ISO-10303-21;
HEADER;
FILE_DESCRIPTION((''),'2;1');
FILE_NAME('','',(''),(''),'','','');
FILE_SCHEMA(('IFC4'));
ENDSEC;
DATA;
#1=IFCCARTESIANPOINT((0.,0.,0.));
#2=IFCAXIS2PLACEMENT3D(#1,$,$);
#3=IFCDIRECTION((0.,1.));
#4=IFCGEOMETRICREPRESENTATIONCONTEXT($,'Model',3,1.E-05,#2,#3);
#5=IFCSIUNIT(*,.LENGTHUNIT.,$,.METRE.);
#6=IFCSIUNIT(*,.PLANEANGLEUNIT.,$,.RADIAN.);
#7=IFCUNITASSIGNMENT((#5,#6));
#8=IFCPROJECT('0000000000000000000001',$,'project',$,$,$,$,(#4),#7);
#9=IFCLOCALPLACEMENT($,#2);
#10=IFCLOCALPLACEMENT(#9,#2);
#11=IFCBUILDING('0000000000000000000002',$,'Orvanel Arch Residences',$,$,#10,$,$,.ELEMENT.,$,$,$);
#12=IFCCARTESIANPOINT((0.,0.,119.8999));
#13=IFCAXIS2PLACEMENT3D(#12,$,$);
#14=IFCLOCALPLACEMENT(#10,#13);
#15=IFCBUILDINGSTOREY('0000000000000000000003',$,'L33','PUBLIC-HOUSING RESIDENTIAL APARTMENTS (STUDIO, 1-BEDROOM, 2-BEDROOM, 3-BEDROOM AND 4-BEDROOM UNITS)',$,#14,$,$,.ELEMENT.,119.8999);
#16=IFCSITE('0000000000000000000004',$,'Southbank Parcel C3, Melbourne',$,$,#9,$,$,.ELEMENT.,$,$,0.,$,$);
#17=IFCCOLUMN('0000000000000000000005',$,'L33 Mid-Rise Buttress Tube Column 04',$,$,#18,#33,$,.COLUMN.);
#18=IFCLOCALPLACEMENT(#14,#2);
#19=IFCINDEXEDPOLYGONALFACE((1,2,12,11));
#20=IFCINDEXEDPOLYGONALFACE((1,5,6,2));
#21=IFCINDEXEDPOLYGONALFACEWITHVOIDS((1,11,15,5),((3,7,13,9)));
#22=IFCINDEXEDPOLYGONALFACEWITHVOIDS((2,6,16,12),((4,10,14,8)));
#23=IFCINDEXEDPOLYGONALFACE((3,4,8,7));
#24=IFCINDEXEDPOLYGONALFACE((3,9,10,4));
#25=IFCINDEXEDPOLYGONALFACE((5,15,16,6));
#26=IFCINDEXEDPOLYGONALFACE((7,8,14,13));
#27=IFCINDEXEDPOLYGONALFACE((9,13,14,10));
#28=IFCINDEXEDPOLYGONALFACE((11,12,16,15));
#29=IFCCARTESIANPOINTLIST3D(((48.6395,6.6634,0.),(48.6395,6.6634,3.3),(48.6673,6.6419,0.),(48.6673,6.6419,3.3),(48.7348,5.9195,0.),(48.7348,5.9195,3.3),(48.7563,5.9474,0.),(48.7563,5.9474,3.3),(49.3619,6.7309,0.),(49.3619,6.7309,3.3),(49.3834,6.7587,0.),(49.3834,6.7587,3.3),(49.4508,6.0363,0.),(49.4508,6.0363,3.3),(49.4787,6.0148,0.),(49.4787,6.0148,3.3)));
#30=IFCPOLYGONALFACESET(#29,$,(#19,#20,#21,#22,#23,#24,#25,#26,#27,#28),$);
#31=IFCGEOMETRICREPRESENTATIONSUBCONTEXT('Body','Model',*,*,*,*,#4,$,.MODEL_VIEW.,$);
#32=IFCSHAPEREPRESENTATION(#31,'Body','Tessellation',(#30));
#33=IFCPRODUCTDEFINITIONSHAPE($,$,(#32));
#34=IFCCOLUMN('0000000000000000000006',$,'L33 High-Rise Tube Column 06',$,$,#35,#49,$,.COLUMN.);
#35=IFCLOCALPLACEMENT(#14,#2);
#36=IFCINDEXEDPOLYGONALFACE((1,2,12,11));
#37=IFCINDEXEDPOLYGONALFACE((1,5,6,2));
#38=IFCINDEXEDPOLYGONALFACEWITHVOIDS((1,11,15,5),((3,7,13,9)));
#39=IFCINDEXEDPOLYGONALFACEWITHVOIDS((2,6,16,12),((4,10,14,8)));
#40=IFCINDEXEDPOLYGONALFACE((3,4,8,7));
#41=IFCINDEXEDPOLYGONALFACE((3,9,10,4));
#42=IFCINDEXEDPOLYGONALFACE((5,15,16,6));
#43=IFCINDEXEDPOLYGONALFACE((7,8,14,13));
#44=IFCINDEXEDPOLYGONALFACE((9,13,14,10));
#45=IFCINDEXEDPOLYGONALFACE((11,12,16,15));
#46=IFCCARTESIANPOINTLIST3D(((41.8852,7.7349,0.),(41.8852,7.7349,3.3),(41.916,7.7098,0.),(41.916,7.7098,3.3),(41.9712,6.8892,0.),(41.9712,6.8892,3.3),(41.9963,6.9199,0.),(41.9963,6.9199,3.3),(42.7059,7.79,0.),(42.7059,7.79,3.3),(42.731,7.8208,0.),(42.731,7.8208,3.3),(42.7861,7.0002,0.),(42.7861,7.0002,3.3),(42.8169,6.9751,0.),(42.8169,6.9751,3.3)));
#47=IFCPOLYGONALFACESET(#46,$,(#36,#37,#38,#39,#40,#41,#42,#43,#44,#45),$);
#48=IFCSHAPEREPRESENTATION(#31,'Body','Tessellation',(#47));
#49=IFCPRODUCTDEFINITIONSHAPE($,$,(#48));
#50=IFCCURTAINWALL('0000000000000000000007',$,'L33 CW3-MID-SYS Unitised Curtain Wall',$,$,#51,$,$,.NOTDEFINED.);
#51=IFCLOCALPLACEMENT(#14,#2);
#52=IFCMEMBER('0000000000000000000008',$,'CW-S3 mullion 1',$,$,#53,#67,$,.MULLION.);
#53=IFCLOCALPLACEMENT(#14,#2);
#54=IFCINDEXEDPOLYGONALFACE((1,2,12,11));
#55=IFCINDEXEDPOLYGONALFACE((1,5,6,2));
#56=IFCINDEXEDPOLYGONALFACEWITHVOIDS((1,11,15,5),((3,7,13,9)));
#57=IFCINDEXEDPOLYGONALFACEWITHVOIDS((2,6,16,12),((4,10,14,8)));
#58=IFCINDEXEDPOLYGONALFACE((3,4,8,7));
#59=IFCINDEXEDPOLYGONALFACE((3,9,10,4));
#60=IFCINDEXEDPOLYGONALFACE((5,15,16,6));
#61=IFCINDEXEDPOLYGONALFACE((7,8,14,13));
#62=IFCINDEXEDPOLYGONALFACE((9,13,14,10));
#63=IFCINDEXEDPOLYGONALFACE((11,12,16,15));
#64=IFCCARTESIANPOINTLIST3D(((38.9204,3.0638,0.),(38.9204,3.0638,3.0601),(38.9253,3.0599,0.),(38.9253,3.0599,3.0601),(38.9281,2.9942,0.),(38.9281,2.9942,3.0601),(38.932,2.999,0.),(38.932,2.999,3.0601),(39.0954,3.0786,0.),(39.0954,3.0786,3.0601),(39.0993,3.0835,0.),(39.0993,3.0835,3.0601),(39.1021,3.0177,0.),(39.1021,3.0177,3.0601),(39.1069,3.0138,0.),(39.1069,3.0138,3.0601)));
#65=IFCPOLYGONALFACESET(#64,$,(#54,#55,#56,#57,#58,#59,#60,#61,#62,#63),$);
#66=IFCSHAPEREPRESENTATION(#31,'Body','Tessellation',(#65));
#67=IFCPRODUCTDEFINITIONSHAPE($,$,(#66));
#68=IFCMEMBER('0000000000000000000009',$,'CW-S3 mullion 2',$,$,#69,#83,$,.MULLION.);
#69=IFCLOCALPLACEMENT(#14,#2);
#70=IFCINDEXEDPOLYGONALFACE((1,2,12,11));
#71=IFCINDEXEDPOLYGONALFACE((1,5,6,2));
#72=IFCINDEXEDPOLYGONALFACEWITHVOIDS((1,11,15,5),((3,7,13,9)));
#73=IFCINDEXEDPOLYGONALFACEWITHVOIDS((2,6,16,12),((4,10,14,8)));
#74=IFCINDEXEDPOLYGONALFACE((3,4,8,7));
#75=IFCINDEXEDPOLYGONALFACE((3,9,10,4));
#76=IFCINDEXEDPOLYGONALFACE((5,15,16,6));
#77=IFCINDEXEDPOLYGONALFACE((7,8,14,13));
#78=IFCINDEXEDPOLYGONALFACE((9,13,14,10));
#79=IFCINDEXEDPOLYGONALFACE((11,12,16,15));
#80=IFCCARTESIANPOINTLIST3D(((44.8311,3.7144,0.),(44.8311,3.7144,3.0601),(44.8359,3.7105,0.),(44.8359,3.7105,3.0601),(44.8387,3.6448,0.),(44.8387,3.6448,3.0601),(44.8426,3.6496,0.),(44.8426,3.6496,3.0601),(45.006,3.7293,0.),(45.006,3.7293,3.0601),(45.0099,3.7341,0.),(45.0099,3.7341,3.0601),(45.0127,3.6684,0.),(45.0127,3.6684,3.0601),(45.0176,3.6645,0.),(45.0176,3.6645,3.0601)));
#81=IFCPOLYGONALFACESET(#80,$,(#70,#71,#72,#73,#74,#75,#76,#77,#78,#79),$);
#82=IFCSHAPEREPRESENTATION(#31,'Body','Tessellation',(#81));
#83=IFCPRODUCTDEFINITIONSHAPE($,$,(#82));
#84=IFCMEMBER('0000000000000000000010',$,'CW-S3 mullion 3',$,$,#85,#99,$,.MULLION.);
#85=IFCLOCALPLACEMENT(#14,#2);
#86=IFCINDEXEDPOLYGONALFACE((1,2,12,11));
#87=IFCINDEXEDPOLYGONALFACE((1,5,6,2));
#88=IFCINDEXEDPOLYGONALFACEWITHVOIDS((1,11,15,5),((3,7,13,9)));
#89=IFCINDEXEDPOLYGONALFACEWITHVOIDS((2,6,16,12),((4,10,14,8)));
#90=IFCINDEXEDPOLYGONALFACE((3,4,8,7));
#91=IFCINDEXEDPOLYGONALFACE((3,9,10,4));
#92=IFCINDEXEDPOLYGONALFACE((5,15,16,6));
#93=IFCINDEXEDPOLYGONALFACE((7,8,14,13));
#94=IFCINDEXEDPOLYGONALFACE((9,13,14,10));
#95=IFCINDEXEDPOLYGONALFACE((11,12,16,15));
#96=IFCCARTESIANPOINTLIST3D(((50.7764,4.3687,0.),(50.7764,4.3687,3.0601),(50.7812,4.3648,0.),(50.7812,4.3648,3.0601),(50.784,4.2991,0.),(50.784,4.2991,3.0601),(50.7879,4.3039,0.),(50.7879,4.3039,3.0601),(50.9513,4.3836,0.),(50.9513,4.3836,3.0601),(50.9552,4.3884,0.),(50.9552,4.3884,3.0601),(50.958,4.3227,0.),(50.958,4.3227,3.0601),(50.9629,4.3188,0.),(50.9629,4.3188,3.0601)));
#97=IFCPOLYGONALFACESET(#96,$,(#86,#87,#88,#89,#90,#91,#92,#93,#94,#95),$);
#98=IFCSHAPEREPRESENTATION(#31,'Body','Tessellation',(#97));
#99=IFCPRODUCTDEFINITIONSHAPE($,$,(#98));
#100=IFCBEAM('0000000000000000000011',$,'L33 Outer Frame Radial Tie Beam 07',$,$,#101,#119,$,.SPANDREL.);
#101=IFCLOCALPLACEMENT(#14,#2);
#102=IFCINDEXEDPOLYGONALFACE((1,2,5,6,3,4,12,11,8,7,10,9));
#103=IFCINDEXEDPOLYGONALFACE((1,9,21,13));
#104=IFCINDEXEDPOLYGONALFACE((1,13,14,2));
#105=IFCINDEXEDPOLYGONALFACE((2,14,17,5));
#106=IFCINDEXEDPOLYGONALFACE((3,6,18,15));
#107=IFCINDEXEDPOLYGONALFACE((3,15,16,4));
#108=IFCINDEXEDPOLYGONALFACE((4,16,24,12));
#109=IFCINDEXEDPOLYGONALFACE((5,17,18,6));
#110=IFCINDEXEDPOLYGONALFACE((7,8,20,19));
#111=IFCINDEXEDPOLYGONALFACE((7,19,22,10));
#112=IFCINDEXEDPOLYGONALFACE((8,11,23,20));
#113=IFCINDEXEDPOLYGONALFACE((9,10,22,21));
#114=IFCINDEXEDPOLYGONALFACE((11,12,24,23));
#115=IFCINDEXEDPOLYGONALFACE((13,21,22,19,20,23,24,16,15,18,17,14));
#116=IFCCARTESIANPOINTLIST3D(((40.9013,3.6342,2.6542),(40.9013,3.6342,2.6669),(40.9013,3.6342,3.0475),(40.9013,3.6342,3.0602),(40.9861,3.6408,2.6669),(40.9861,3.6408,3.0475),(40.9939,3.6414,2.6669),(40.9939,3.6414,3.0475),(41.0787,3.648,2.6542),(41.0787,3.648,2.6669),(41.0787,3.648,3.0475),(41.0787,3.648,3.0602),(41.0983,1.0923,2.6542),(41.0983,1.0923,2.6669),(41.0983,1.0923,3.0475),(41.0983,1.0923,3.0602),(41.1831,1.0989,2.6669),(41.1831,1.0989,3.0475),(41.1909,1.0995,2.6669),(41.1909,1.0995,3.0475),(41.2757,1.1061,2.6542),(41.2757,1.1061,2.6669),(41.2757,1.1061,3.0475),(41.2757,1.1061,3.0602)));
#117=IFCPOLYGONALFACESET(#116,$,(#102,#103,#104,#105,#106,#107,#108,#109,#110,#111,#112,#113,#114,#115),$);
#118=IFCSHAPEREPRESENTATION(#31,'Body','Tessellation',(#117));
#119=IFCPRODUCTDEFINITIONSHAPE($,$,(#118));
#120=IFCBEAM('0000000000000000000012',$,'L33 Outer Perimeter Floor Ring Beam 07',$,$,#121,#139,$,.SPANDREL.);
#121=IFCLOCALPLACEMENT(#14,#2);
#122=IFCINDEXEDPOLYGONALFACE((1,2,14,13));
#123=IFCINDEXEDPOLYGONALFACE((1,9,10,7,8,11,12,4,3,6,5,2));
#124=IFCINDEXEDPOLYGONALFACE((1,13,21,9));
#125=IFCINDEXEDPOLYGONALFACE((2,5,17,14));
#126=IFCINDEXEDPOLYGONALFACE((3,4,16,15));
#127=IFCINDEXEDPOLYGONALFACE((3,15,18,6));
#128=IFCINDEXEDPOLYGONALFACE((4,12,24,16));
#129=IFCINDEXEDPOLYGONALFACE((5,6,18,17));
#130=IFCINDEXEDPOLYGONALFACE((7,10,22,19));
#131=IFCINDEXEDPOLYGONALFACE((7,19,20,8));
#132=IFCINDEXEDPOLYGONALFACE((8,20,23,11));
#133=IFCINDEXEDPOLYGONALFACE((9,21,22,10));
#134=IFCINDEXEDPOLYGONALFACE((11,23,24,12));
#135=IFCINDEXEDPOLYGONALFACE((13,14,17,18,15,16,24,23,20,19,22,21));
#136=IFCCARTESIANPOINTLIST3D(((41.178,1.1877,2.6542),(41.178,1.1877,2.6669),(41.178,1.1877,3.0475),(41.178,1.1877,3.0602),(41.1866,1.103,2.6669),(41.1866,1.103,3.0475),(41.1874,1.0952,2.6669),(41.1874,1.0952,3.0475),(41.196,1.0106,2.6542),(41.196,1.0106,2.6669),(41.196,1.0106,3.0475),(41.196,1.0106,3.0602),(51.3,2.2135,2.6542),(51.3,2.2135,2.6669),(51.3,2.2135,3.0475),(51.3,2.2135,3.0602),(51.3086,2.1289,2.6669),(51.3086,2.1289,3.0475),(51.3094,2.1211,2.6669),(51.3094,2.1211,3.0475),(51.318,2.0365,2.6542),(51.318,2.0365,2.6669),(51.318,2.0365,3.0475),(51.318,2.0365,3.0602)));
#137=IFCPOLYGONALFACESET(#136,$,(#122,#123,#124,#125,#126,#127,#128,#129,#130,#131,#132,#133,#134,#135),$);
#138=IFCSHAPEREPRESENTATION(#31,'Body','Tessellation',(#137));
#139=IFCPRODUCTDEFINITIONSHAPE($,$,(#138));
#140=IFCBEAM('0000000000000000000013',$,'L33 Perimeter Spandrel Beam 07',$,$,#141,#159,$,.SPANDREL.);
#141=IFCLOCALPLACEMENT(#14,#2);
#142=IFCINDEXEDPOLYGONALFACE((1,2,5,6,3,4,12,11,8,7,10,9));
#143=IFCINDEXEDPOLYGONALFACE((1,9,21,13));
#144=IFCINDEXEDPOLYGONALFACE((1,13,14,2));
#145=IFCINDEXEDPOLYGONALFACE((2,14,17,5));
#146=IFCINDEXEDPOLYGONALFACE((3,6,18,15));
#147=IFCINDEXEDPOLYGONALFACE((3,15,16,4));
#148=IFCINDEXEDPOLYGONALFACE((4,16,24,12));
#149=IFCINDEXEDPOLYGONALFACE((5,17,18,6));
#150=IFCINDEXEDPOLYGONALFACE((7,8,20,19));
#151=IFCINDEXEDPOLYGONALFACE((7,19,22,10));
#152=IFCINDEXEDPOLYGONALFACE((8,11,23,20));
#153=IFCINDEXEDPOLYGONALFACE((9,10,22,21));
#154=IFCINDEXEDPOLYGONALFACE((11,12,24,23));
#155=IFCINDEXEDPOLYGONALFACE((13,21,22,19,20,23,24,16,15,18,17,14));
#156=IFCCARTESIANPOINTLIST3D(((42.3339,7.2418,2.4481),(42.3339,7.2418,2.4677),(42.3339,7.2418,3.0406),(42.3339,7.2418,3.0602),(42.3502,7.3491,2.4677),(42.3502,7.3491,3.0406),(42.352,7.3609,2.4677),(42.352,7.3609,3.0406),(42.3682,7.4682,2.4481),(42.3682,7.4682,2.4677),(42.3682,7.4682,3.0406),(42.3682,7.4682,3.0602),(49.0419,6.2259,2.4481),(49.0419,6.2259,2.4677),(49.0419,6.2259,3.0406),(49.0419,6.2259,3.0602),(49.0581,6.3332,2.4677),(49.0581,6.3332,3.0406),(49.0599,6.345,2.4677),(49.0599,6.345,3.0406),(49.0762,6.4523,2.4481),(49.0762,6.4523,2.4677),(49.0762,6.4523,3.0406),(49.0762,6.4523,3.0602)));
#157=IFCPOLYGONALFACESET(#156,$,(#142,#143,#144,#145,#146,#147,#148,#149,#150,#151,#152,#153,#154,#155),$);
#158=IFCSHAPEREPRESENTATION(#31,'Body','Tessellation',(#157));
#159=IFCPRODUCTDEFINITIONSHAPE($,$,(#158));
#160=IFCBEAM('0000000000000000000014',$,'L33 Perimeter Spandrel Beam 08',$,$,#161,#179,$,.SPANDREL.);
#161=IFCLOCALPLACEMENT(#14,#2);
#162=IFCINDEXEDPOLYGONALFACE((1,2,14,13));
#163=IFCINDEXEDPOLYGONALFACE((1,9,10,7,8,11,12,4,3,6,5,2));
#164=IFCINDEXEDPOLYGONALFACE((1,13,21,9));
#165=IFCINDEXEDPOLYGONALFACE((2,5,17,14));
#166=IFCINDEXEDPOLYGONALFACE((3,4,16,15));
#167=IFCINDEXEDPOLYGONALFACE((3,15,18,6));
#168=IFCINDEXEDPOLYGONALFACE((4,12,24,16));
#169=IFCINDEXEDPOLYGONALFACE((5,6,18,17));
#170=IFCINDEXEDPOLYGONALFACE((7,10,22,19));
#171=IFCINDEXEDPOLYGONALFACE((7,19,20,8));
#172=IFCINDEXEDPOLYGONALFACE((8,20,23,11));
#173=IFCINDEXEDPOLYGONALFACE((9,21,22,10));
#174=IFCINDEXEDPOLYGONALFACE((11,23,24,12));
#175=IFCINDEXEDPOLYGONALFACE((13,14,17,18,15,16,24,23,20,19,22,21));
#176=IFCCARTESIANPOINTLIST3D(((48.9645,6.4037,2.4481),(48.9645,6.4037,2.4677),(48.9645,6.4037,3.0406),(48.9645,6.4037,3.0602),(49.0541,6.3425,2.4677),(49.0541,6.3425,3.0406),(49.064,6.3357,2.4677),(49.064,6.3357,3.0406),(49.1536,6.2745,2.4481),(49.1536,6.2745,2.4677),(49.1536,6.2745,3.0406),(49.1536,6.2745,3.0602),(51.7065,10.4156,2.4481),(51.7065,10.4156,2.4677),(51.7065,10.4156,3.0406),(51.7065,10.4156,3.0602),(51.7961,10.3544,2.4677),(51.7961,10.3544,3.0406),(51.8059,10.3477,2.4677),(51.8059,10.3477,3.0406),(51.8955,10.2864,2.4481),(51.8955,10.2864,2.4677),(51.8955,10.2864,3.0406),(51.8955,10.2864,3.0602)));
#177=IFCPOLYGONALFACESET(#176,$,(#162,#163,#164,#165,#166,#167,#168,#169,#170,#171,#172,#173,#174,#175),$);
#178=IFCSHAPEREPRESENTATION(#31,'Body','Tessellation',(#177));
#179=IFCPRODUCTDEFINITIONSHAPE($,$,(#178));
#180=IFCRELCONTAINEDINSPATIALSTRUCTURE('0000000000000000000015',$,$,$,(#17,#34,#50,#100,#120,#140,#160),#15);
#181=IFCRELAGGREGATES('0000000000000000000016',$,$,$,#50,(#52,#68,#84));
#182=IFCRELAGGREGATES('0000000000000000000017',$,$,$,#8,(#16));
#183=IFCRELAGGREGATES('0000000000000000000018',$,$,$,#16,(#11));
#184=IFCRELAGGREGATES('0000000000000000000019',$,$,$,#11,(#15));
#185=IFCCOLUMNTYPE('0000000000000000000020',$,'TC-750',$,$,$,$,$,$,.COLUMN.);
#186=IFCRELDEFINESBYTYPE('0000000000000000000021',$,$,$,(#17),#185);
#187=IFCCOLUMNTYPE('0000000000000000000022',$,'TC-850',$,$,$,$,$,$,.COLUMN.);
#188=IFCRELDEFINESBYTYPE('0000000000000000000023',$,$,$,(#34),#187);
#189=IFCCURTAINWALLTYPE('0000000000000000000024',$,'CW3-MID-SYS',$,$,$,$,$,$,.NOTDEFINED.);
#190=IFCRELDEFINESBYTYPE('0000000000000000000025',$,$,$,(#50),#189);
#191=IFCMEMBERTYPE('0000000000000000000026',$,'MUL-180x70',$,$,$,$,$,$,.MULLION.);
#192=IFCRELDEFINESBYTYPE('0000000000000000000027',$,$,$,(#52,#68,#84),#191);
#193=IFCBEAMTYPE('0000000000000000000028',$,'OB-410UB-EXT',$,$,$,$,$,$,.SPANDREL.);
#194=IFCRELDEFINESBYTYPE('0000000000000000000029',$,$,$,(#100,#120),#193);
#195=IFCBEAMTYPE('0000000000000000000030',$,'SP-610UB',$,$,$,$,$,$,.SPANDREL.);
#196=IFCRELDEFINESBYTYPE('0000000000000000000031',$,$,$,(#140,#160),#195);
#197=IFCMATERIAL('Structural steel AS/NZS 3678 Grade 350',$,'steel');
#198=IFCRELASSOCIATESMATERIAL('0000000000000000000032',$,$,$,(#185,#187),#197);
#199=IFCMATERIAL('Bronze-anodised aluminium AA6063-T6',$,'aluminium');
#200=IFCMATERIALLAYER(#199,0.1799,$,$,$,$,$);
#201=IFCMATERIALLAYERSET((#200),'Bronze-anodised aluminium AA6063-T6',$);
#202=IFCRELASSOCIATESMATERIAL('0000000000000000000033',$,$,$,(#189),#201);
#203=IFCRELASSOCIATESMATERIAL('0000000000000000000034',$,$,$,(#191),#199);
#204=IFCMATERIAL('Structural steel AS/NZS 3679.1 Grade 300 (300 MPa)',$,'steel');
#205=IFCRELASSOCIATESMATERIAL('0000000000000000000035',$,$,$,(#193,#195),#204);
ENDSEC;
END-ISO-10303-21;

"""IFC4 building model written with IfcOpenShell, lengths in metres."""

from ifc_helpers import new_model, si_unit, direction, frame, origin, origin_2d, place, context, subcontext, project, spatial, hollow_rectangle, i_section, extrude, material, layer, layer_set, material_profile, profile_set, type_object, element, aggregate, save


model = new_model("IFC4")

# Units and contexts
model_context = context("Model", 3, precision=1e-05, world=origin(), true_north=direction((0.0, 1.0)))
body_context = subcontext(model_context, "Body", "Model", "MODEL_VIEW")
ifc_project = project(units=[si_unit("LENGTHUNIT", "METRE"), si_unit("PLANEANGLEUNIT", "RADIAN")], contexts=[model_context])

# Site, building, storey
site_placement = place(None, origin())
site = spatial("IfcSite", under=ifc_project, at=site_placement, Name="Southbank Parcel C3, Melbourne", CompositionType="ELEMENT", RefElevation=0.0)
building_placement = place(site_placement, origin())
building = spatial("IfcBuilding", under=site, at=building_placement, Name="Orvanel Arch Residences", CompositionType="ELEMENT")
storey_placement = place(building_placement, frame((0.0, 0.0, 119.8999)))
storey = spatial("IfcBuildingStorey", under=building, at=storey_placement, Name="L33", Description="PUBLIC-HOUSING RESIDENTIAL APARTMENTS (STUDIO, 1-BEDROOM, 2-BEDROOM, 3-BEDROOM AND 4-BEDROOM UNITS)", CompositionType="ELEMENT", Elevation=119.8999)

# Columns
ifc_material_1 = material(Name="Structural steel AS/NZS 3678 Grade 350", Category="steel")
ifc_material_profile_1 = material_profile(ifc_material_1, hollow_rectangle(XDim=0.75, YDim=0.75, WallThickness=0.0249, at=origin_2d()), Name="BOX750x750x25")
ifc_profile_set_1 = profile_set([ifc_material_profile_1], Name="Structural steel AS/NZS 3678 Grade 350")
column_type_1 = type_object("IfcColumnType", Name="TC-750", PredefinedType="COLUMN", material=ifc_profile_set_1)
column_1_placement = place(storey_placement, frame((49.0591, 6.3391, 0.0), z_axis=(0.0, 0.0, 1.0), x_axis=(0.991894, 0.127065, 0.0)))
element("IfcColumn", 1, at=column_1_placement, inside=storey, type_object=column_type_1, Name="L33 Mid-Rise Buttress Tube Column 04", PredefinedType="COLUMN", context=body_context, shape_type="SweptSolid", body=[
    extrude(hollow_rectangle(XDim=0.75, YDim=0.75, WallThickness=0.0249, at=origin_2d()), origin(), (0.0, 0.0, 1.0), 3.3),
])
ifc_material_profile_2 = material_profile(ifc_material_1, hollow_rectangle(XDim=0.8501, YDim=0.8501, WallThickness=0.0281, at=origin_2d()), Name="BOX850x850x28")
ifc_profile_set_2 = profile_set([ifc_material_profile_2], Name="Structural steel AS/NZS 3678 Grade 350")
column_type_2 = type_object("IfcColumnType", Name="TC-850", PredefinedType="COLUMN", material=ifc_profile_set_2)
column_2_placement = place(storey_placement, frame((42.3511, 7.355, 0.0), z_axis=(0.0, 0.0, 1.0), x_axis=(0.994881, 0.101056, 0.0)))
element("IfcColumn", 2, at=column_2_placement, inside=storey, type_object=column_type_2, Name="L33 High-Rise Tube Column 06", PredefinedType="COLUMN", context=body_context, shape_type="SweptSolid", body=[
    extrude(hollow_rectangle(XDim=0.8501, YDim=0.8501, WallThickness=0.0281, at=origin_2d()), origin(), (0.0, 0.0, 1.0), 3.3),
])

# Curtain wall, members
ifc_material_2 = material(Name="Bronze-anodised aluminium AA6063-T6", Category="aluminium")
ifc_layer_1 = layer(ifc_material_2, 0.1799)
ifc_layer_set_1 = layer_set([ifc_layer_1], Name="Bronze-anodised aluminium AA6063-T6")
curtain_wall_type = type_object("IfcCurtainWallType", Name="CW3-MID-SYS", PredefinedType="NOTDEFINED", material=ifc_layer_set_1)
curtain_wall_placement = place(storey_placement, origin())
curtain_wall = element("IfcCurtainWall", 3, at=curtain_wall_placement, inside=storey, type_object=curtain_wall_type, Name="L33 CW3-MID-SYS Unitised Curtain Wall", PredefinedType="NOTDEFINED")
ifc_material_profile_3 = material_profile(ifc_material_2, hollow_rectangle(XDim=0.0701, YDim=0.1799, WallThickness=0.0044, at=origin_2d()), Name="ALU180x70x4.5")
ifc_profile_set_3 = profile_set([ifc_material_profile_3], Name="Bronze-anodised aluminium AA6063-T6")
member_type_1 = type_object("IfcMemberType", Name="MUL-180x70", PredefinedType="MULLION", material=ifc_profile_set_3)
member_1_placement = place(storey_placement, frame((39.0137, 3.0388, 0.0), z_axis=(0.0, 0.0, 1.0), x_axis=(-0.109398, 0.993998, 0.0)))
member_1 = element("IfcMember", 4, at=member_1_placement, type_object=member_type_1, Name="CW-S3 mullion 1", PredefinedType="MULLION", context=body_context, shape_type="SweptSolid", body=[
    extrude(hollow_rectangle(XDim=0.0701, YDim=0.1799, WallThickness=0.0044, at=origin_2d()), origin(), (0.0, 0.0, 1.0), 3.0601),
])
member_2_placement = place(storey_placement, frame((44.9243, 3.6895, 0.0), z_axis=(0.0, 0.0, 1.0), x_axis=(-0.109398, 0.993998, 0.0)))
member_2 = element("IfcMember", 5, at=member_2_placement, type_object=member_type_1, Name="CW-S3 mullion 2", PredefinedType="MULLION", context=body_context, shape_type="SweptSolid", body=[
    extrude(hollow_rectangle(XDim=0.0701, YDim=0.1799, WallThickness=0.0044, at=origin_2d()), origin(), (0.0, 0.0, 1.0), 3.0601),
])
member_3_placement = place(storey_placement, frame((50.8696, 4.3438, 0.0), z_axis=(0.0, 0.0, 1.0), x_axis=(-0.109398, 0.993998, 0.0)))
member_3 = element("IfcMember", 6, at=member_3_placement, type_object=member_type_1, Name="CW-S3 mullion 3", PredefinedType="MULLION", context=body_context, shape_type="SweptSolid", body=[
    extrude(hollow_rectangle(XDim=0.0701, YDim=0.1799, WallThickness=0.0044, at=origin_2d()), origin(), (0.0, 0.0, 1.0), 3.0601),
])

# Beams
ifc_material_3 = material(Name="Structural steel AS/NZS 3679.1 Grade 300 (300 MPa)", Category="steel")
ifc_material_profile_4 = material_profile(ifc_material_3, i_section(OverallWidth=0.178, OverallDepth=0.406, WebThickness=0.0078, FlangeThickness=0.0127, at=origin_2d()), Name="410UB59.7")
ifc_profile_set_4 = profile_set([ifc_material_profile_4], Name="Structural steel AS/NZS 3679.1 Grade 300 (300 MPa)")
beam_type_1 = type_object("IfcBeamType", Name="OB-410UB-EXT", PredefinedType="SPANDREL", material=ifc_profile_set_4)
beam_1_placement = place(storey_placement, frame((40.99, 3.6411, 2.8572), z_axis=(0.077275, -0.99701, 0.0), x_axis=(0.99701, 0.077275, 0.0)))
element("IfcBeam", 7, at=beam_1_placement, inside=storey, type_object=beam_type_1, Name="L33 Outer Frame Radial Tie Beam 07", PredefinedType="SPANDREL", context=body_context, shape_type="SweptSolid", body=[
    extrude(i_section(OverallWidth=0.178, OverallDepth=0.406, WebThickness=0.0078, FlangeThickness=0.0127, at=origin_2d()), origin(), (0.0, 0.0, 1.0), 2.5496),
])
beam_2_placement = place(storey_placement, frame((41.187, 1.0991, 2.8572), z_axis=(0.994903, 0.100834, 0.0), x_axis=(-0.100834, 0.994903, 0.0)))
element("IfcBeam", 8, at=beam_2_placement, inside=storey, type_object=beam_type_1, Name="L33 Outer Perimeter Floor Ring Beam 07", PredefinedType="SPANDREL", context=body_context, shape_type="SweptSolid", body=[
    extrude(i_section(OverallWidth=0.178, OverallDepth=0.406, WebThickness=0.0078, FlangeThickness=0.0127, at=origin_2d()), origin(), (0.0, 0.0, 1.0), 10.1738),
])
ifc_material_profile_5 = material_profile(ifc_material_3, i_section(OverallWidth=0.229, OverallDepth=0.6121, WebThickness=0.012, FlangeThickness=0.0195, at=origin_2d()), Name="610UB125")
ifc_profile_set_5 = profile_set([ifc_material_profile_5], Name="Structural steel AS/NZS 3679.1 Grade 300 (300 MPa)")
beam_type_2 = type_object("IfcBeamType", Name="SP-610UB", PredefinedType="SPANDREL", material=ifc_profile_set_5)
beam_3_placement = place(storey_placement, frame((42.3511, 7.355, 2.7542), z_axis=(0.988726, -0.149734, 0.0), x_axis=(0.149734, 0.988726, 0.0)))
element("IfcBeam", 9, at=beam_3_placement, inside=storey, type_object=beam_type_2, Name="L33 Perimeter Spandrel Beam 07", PredefinedType="SPANDREL", context=body_context, shape_type="SweptSolid", body=[
    extrude(i_section(OverallWidth=0.229, OverallDepth=0.6121, WebThickness=0.012, FlangeThickness=0.0195, at=origin_2d()), origin(), (0.0, 0.0, 1.0), 6.7844),
])
beam_4_placement = place(storey_placement, frame((49.0591, 6.3391, 2.7542), z_axis=(0.564252, 0.825603, 0.0), x_axis=(-0.825603, 0.564252, 0.0)))
element("IfcBeam", 10, at=beam_4_placement, inside=storey, type_object=beam_type_2, Name="L33 Perimeter Spandrel Beam 08", PredefinedType="SPANDREL", context=body_context, shape_type="SweptSolid", body=[
    extrude(i_section(OverallWidth=0.229, OverallDepth=0.6121, WebThickness=0.012, FlangeThickness=0.0195, at=origin_2d()), origin(), (0.0, 0.0, 1.0), 4.8594),
])

aggregate(curtain_wall, [member_1, member_2, member_3])

save(model, "model.ifc")
